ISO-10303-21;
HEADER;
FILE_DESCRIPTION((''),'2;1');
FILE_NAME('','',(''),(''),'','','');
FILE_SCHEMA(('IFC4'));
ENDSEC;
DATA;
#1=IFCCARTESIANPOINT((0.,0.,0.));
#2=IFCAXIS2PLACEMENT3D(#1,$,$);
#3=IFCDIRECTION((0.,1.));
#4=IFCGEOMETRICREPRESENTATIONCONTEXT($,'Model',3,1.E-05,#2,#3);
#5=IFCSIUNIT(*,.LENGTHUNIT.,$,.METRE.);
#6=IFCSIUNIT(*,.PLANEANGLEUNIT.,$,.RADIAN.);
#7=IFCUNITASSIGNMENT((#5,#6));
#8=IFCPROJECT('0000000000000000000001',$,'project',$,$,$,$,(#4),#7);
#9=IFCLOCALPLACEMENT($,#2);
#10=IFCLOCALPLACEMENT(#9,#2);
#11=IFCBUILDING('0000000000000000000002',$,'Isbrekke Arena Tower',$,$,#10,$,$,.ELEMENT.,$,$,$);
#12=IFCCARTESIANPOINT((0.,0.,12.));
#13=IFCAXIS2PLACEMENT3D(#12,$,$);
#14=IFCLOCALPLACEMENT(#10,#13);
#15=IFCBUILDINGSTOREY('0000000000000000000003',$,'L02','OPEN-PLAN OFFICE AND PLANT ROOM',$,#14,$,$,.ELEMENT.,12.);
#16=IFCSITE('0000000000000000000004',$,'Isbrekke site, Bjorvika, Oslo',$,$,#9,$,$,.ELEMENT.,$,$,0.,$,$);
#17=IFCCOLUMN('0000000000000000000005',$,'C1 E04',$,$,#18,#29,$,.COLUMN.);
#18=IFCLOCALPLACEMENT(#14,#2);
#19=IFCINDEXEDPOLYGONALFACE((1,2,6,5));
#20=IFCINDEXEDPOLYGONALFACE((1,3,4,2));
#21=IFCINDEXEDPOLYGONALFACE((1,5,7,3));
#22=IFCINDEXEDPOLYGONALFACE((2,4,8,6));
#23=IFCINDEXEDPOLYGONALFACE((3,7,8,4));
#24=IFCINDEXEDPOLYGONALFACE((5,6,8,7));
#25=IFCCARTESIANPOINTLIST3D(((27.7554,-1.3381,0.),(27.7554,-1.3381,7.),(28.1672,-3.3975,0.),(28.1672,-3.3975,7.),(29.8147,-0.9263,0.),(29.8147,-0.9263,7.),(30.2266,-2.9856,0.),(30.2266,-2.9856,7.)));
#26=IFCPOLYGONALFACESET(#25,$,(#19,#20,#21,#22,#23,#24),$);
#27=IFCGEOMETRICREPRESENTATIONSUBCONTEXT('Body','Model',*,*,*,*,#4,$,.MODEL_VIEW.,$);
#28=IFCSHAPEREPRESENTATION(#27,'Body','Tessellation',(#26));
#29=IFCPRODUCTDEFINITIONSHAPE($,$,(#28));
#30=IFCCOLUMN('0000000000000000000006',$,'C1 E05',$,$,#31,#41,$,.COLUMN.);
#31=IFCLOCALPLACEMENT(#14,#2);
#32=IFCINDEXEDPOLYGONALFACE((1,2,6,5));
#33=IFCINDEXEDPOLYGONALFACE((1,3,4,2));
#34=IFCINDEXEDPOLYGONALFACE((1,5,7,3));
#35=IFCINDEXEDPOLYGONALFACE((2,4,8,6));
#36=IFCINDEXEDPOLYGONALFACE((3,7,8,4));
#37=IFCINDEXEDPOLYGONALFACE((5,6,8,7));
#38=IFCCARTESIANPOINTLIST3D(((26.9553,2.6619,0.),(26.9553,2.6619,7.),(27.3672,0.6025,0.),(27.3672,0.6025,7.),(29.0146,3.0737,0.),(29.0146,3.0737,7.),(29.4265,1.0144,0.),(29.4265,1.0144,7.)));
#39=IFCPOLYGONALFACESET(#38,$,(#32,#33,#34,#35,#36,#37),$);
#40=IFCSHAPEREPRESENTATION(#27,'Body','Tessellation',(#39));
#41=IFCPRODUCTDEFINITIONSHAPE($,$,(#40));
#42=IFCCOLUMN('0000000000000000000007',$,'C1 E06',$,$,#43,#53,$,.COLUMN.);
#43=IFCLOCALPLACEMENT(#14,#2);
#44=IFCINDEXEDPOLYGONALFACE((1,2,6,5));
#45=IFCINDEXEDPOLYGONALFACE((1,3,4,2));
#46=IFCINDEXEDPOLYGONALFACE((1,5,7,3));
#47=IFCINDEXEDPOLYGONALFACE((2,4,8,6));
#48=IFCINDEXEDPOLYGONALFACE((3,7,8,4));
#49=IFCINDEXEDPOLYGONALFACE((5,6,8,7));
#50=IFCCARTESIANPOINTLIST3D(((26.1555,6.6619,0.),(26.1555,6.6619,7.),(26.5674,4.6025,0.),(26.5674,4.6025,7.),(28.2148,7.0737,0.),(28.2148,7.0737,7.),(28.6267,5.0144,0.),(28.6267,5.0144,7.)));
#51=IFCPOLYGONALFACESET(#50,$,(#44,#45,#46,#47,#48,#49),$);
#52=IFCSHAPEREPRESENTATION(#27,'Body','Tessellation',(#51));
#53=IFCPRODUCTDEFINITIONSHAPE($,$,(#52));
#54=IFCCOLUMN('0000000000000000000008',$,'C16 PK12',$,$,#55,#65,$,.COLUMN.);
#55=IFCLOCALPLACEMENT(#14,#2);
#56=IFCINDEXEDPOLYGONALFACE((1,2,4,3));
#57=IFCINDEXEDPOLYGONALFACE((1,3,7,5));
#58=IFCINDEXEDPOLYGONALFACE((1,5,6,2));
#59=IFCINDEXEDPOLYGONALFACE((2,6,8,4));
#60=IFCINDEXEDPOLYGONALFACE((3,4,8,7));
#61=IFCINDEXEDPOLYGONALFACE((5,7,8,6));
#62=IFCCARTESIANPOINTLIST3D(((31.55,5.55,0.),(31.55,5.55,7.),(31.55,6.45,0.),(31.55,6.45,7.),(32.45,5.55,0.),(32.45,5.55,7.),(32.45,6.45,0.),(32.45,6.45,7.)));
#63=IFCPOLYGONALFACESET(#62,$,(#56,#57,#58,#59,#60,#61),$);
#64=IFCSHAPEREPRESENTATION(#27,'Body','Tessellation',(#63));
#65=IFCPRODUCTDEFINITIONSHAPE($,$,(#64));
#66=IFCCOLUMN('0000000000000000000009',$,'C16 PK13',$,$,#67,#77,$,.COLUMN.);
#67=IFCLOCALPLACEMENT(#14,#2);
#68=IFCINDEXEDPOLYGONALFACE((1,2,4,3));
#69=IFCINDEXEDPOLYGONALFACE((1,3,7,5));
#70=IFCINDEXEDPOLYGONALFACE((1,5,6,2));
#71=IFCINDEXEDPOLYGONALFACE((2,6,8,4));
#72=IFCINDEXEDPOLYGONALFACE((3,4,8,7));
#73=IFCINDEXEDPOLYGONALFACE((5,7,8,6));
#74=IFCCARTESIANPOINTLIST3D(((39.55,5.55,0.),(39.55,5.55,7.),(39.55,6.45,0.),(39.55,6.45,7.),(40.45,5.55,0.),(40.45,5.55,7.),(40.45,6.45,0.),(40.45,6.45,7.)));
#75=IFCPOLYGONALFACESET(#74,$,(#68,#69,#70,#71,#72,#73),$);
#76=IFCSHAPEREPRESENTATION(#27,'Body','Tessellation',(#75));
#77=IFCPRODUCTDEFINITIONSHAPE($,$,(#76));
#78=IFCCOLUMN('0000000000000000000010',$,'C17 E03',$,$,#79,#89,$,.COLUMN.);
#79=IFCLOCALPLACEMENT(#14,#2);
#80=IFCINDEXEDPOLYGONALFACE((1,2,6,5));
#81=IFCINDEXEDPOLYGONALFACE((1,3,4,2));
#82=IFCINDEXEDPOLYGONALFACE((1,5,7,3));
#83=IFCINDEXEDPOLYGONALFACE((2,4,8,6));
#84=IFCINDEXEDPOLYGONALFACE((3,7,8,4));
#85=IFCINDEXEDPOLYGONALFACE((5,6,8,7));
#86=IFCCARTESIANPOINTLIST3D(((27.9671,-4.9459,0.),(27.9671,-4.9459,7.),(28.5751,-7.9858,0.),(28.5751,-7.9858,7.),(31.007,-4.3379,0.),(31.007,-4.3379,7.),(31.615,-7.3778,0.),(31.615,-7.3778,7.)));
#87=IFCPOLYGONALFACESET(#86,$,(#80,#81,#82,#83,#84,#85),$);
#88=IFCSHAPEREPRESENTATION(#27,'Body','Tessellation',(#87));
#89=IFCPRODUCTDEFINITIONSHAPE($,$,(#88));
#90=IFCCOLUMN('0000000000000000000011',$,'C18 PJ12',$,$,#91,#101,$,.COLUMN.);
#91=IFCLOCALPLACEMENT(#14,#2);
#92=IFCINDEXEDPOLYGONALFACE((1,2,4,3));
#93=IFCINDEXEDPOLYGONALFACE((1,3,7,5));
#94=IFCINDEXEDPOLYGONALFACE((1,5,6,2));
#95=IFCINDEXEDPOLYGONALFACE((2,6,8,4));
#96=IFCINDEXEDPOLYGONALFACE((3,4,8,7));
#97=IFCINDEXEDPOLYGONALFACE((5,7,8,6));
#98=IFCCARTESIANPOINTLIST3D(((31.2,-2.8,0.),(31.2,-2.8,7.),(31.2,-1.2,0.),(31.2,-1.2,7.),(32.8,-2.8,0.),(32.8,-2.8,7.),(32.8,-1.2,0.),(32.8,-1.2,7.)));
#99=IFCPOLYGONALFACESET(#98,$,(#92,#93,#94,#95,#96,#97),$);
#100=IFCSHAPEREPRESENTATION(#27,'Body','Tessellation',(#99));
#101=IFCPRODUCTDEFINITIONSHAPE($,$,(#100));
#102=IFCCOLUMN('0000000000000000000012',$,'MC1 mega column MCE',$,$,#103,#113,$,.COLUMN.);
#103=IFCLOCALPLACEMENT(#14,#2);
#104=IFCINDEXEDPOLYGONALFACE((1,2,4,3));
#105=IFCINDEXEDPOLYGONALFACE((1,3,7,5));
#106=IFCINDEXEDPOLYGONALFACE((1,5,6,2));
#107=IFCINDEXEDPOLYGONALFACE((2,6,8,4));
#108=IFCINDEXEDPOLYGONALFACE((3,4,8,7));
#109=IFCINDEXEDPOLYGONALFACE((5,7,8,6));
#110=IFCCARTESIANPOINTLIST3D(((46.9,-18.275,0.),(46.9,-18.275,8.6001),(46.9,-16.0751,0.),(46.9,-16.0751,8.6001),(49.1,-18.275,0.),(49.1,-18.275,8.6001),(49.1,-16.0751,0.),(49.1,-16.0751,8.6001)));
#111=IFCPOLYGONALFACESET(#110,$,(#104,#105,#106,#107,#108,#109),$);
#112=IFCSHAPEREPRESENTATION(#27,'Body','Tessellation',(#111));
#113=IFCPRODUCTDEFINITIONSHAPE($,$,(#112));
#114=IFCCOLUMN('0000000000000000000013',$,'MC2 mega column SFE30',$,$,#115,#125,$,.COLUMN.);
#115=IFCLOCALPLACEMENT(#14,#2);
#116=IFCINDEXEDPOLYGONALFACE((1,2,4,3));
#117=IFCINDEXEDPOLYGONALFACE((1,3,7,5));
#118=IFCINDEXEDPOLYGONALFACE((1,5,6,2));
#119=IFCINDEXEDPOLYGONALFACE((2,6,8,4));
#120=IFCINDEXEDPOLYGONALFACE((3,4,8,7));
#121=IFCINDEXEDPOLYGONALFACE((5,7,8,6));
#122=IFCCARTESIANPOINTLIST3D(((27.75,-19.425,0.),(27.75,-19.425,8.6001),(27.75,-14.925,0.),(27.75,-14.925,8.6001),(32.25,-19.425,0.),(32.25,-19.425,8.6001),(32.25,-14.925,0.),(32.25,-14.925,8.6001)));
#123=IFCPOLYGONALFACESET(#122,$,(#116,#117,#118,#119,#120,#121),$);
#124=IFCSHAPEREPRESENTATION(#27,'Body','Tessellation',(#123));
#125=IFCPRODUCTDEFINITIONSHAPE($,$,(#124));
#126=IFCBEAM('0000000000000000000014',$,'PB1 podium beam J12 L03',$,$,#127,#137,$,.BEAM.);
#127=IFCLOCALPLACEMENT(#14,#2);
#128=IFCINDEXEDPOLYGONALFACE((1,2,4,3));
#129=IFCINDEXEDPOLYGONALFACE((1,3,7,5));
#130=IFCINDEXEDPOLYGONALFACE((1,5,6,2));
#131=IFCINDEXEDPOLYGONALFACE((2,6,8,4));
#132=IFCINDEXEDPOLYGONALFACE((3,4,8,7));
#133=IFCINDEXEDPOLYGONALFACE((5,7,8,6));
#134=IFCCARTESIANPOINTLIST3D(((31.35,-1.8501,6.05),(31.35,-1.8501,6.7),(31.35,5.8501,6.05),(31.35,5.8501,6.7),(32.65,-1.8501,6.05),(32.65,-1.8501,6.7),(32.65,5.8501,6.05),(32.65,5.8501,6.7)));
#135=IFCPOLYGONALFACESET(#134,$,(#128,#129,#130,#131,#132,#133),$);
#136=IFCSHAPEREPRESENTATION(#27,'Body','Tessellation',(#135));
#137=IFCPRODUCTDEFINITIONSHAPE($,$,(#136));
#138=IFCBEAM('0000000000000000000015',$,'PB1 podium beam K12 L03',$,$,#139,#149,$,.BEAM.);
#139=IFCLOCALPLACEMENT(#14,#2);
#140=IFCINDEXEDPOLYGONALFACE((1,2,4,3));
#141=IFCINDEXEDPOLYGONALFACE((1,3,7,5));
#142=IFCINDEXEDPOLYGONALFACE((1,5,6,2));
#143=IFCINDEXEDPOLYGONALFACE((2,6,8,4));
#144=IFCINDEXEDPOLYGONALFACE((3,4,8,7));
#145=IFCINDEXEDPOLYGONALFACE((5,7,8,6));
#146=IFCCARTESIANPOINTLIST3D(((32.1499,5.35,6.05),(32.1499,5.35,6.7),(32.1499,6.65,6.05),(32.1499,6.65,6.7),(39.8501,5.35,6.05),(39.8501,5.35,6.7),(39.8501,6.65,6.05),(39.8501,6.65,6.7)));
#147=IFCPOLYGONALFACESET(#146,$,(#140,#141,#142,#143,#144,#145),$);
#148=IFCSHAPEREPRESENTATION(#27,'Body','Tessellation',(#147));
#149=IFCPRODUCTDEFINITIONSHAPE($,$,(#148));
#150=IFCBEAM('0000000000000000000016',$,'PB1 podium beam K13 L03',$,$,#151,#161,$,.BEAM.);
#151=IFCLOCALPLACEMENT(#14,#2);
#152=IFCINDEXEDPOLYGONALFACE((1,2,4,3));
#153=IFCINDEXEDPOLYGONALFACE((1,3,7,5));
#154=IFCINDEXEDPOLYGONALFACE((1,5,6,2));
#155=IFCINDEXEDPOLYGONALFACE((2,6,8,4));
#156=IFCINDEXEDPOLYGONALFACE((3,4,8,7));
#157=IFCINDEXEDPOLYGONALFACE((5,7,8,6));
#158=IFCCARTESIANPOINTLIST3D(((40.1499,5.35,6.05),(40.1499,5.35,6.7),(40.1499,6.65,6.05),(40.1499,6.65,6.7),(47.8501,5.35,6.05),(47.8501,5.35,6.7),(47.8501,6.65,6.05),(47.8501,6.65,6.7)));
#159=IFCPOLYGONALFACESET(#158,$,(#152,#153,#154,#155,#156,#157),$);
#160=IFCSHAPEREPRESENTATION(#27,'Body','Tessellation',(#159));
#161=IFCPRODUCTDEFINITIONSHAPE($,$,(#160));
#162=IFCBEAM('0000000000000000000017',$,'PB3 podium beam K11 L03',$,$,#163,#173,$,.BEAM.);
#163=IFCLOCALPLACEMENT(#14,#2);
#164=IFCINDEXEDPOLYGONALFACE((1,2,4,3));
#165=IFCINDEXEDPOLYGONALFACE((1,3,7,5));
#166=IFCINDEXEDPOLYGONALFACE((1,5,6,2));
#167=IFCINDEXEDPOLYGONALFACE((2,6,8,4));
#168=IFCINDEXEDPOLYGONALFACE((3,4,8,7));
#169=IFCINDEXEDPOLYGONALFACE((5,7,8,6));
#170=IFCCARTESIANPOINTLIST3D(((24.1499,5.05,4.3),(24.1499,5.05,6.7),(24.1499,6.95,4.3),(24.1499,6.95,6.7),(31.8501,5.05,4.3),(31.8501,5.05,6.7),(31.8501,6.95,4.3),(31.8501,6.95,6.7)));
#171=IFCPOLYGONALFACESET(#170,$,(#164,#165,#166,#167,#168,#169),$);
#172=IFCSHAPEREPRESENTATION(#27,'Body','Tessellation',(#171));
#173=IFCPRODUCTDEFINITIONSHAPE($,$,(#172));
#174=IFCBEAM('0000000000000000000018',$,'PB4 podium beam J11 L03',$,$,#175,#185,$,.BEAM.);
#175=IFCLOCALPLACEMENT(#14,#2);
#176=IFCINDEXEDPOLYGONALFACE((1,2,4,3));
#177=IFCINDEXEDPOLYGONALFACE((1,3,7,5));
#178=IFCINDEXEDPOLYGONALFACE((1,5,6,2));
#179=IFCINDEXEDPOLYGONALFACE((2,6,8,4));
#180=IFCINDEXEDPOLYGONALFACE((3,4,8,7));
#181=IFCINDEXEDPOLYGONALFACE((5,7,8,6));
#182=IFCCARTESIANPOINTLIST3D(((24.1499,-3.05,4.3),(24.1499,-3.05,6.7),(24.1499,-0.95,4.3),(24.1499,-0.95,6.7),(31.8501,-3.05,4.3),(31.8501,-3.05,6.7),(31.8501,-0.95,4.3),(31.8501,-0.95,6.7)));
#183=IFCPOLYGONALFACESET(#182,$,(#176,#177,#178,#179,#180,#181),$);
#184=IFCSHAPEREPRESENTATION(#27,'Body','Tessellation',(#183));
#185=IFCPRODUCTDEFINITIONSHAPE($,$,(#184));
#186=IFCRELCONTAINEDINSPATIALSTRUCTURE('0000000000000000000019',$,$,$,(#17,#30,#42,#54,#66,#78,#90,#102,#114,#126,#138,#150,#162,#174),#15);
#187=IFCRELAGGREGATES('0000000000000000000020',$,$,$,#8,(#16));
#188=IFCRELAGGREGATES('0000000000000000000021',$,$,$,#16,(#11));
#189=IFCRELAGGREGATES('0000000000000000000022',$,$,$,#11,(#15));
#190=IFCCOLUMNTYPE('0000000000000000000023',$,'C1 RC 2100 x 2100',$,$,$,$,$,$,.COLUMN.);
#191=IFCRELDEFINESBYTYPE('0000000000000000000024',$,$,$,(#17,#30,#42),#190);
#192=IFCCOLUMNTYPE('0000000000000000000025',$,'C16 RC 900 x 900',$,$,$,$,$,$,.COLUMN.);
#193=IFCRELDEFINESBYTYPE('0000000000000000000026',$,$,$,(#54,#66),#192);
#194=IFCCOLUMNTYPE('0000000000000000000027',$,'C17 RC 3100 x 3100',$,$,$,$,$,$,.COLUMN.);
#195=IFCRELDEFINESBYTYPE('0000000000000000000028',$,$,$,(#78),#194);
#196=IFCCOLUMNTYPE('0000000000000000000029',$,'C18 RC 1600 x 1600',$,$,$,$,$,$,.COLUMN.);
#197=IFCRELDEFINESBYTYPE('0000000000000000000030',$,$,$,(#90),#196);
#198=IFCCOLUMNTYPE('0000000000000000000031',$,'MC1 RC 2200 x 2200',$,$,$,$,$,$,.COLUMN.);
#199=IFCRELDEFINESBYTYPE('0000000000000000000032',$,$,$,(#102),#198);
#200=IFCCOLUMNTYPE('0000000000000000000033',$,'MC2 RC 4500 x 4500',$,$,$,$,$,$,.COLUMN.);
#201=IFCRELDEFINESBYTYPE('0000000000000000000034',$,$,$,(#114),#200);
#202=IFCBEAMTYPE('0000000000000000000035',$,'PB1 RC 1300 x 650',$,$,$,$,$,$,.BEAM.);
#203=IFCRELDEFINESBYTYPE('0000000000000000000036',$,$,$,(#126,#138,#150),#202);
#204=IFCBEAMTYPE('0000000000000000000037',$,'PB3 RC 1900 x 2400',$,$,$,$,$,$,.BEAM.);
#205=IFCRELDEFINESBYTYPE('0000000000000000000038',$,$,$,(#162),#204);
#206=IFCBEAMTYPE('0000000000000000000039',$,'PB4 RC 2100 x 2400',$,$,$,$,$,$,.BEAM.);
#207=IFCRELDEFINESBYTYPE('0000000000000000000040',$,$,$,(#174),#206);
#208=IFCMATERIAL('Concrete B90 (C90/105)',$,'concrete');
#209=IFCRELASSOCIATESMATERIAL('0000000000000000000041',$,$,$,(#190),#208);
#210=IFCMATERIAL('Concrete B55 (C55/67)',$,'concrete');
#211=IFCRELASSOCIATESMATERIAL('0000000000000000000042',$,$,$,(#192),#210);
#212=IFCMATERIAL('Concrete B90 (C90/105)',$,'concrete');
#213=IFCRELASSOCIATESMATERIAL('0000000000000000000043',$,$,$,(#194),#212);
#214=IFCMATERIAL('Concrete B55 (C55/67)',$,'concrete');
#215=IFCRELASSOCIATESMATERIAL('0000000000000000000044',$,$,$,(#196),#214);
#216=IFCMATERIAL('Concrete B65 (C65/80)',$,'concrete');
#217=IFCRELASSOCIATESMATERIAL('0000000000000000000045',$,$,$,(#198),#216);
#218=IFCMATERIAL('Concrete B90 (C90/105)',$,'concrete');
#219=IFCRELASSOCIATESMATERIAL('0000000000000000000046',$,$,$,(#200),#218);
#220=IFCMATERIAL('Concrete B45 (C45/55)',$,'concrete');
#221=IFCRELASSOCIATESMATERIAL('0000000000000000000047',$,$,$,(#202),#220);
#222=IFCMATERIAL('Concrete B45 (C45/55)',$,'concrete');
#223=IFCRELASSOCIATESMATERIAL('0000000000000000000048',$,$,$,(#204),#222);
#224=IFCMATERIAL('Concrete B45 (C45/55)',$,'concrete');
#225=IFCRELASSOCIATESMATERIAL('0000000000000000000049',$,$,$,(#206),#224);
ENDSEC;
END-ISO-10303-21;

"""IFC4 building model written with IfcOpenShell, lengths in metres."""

from ifc_helpers import new_model, si_unit, direction, frame, origin, origin_2d, place, context, subcontext, project, spatial, rectangle, extrude, material, material_profile, profile_set, type_object, element, save


model = new_model("IFC4")

# Units and contexts
model_context = context("Model", 3, precision=1e-05, world=origin(), true_north=direction((0.0, 1.0)))
body_context = subcontext(model_context, "Body", "Model", "MODEL_VIEW")
ifc_project = project(units=[si_unit("LENGTHUNIT", "METRE"), si_unit("PLANEANGLEUNIT", "RADIAN")], contexts=[model_context])

# Site, building, storey
site_placement = place(None, origin())
site = spatial("IfcSite", under=ifc_project, at=site_placement, Name="Isbrekke site, Bjorvika, Oslo", CompositionType="ELEMENT", RefElevation=0.0)
building_placement = place(site_placement, origin())
building = spatial("IfcBuilding", under=site, at=building_placement, Name="Isbrekke Arena Tower", CompositionType="ELEMENT")
storey_placement = place(building_placement, frame((0.0, 0.0, 12.0)))
storey = spatial("IfcBuildingStorey", under=building, at=storey_placement, Name="L02", Description="OPEN-PLAN OFFICE AND PLANT ROOM", CompositionType="ELEMENT", Elevation=12.0)

# Columns
ifc_material_1 = material(Name="Concrete B90 (C90/105)", Category="concrete")
ifc_material_profile_1 = material_profile(ifc_material_1, rectangle(XDim=2.1001, YDim=2.1001, at=origin_2d()), Name="RC 2100x2100")
ifc_profile_set_1 = profile_set([ifc_material_profile_1], Name="Concrete B90 (C90/105)")
column_type_1 = type_object("IfcColumnType", Name="C1 RC 2100 x 2100", PredefinedType="COLUMN", material=ifc_profile_set_1)
for number, where, z_axis, x_axis, name in (
    (1, (28.991, -2.1619, 0.0), (0.0, 0.0, 1.0), (-0.196116, 0.980581, 0.0), "C1 E04"),
    (2, (28.1909, 1.8381, 0.0), (0.0, 0.0, 1.0), (-0.196116, 0.980581, 0.0), "C1 E05"),
    (3, (27.3911, 5.8381, 0.0), (0.0, 0.0, 1.0), (-0.196116, 0.980581, 0.0), "C1 E06"),
):
    element("IfcColumn", number, at=place(storey_placement, frame(where, z_axis=z_axis, x_axis=x_axis)), inside=storey, type_object=column_type_1, Name=name, PredefinedType="COLUMN", context=body_context, shape_type="SweptSolid", body=[
        extrude(rectangle(XDim=2.1001, YDim=2.1001, at=origin_2d()), origin(), (0.0, 0.0, 1.0), 7.0),
    ])
ifc_material_2 = material(Name="Concrete B55 (C55/67)", Category="concrete")
ifc_material_profile_2 = material_profile(ifc_material_2, rectangle(XDim=0.8999, YDim=0.8999, at=origin_2d()), Name="RC 900x900")
ifc_profile_set_2 = profile_set([ifc_material_profile_2], Name="Concrete B55 (C55/67)")
column_type_2 = type_object("IfcColumnType", Name="C16 RC 900 x 900", PredefinedType="COLUMN", material=ifc_profile_set_2)
for number, where, z_axis, x_axis, name in (
    (4, (32.0, 6.0, 0.0), (0.0, 0.0, 1.0), (1.0, 0.0, 0.0), "C16 PK12"),
    (5, (40.0, 6.0, 0.0), (0.0, 0.0, 1.0), (1.0, 0.0, 0.0), "C16 PK13"),
):
    element("IfcColumn", number, at=place(storey_placement, frame(where, z_axis=z_axis, x_axis=x_axis)), inside=storey, type_object=column_type_2, Name=name, PredefinedType="COLUMN", context=body_context, shape_type="SweptSolid", body=[
        extrude(rectangle(XDim=0.8999, YDim=0.8999, at=origin_2d()), origin(), (0.0, 0.0, 1.0), 7.0),
    ])
ifc_material_3 = material(Name="Concrete B90 (C90/105)", Category="concrete")
ifc_material_profile_3 = material_profile(ifc_material_3, rectangle(XDim=3.1001, YDim=3.1001, at=origin_2d()), Name="RC 3100x3100")
ifc_profile_set_3 = profile_set([ifc_material_profile_3], Name="Concrete B90 (C90/105)")
column_type_3 = type_object("IfcColumnType", Name="C17 RC 3100 x 3100", PredefinedType="COLUMN", material=ifc_profile_set_3)
column_1_placement = place(storey_placement, frame((29.791, -6.1619, 0.0), z_axis=(0.0, 0.0, 1.0), x_axis=(-0.196116, 0.980581, 0.0)))
element("IfcColumn", 6, at=column_1_placement, inside=storey, type_object=column_type_3, Name="C17 E03", PredefinedType="COLUMN", context=body_context, shape_type="SweptSolid", body=[
    extrude(rectangle(XDim=3.1001, YDim=3.1001, at=origin_2d()), origin(), (0.0, 0.0, 1.0), 7.0),
])
ifc_material_4 = material(Name="Concrete B55 (C55/67)", Category="concrete")
ifc_material_profile_4 = material_profile(ifc_material_4, rectangle(XDim=1.6001, YDim=1.6001, at=origin_2d()), Name="RC 1600x1600")
ifc_profile_set_4 = profile_set([ifc_material_profile_4], Name="Concrete B55 (C55/67)")
column_type_4 = type_object("IfcColumnType", Name="C18 RC 1600 x 1600", PredefinedType="COLUMN", material=ifc_profile_set_4)
column_2_placement = place(storey_placement, frame((32.0, -2.0, 0.0), z_axis=(0.0, 0.0, 1.0), x_axis=(1.0, 0.0, 0.0)))
element("IfcColumn", 7, at=column_2_placement, inside=storey, type_object=column_type_4, Name="C18 PJ12", PredefinedType="COLUMN", context=body_context, shape_type="SweptSolid", body=[
    extrude(rectangle(XDim=1.6001, YDim=1.6001, at=origin_2d()), origin(), (0.0, 0.0, 1.0), 7.0),
])
ifc_material_5 = material(Name="Concrete B65 (C65/80)", Category="concrete")
ifc_material_profile_5 = material_profile(ifc_material_5, rectangle(XDim=2.2, YDim=2.2, at=origin_2d()), Name="RC 2200x2200")
ifc_profile_set_5 = profile_set([ifc_material_profile_5], Name="Concrete B65 (C65/80)")
column_type_5 = type_object("IfcColumnType", Name="MC1 RC 2200 x 2200", PredefinedType="COLUMN", material=ifc_profile_set_5)
column_3_placement = place(storey_placement, frame((48.0, -17.175, 0.0), z_axis=(0.0, 0.0, 1.0), x_axis=(1.0, 0.0, 0.0)))
element("IfcColumn", 8, at=column_3_placement, inside=storey, type_object=column_type_5, Name="MC1 mega column MCE", PredefinedType="COLUMN", context=body_context, shape_type="SweptSolid", body=[
    extrude(rectangle(XDim=2.2, YDim=2.2, at=origin_2d()), origin(), (0.0, 0.0, 1.0), 8.6001),
])
ifc_material_6 = material(Name="Concrete B90 (C90/105)", Category="concrete")
ifc_material_profile_6 = material_profile(ifc_material_6, rectangle(XDim=4.5, YDim=4.5, at=origin_2d()), Name="RC 4500x4500")
ifc_profile_set_6 = profile_set([ifc_material_profile_6], Name="Concrete B90 (C90/105)")
column_type_6 = type_object("IfcColumnType", Name="MC2 RC 4500 x 4500", PredefinedType="COLUMN", material=ifc_profile_set_6)
column_4_placement = place(storey_placement, frame((30.0, -17.175, 0.0), z_axis=(0.0, 0.0, 1.0), x_axis=(1.0, 0.0, 0.0)))
element("IfcColumn", 9, at=column_4_placement, inside=storey, type_object=column_type_6, Name="MC2 mega column SFE30", PredefinedType="COLUMN", context=body_context, shape_type="SweptSolid", body=[
    extrude(rectangle(XDim=4.5, YDim=4.5, at=origin_2d()), origin(), (0.0, 0.0, 1.0), 8.6001),
])

# Beams
ifc_material_7 = material(Name="Concrete B45 (C45/55)", Category="concrete")
ifc_material_profile_7 = material_profile(ifc_material_7, rectangle(XDim=1.3, YDim=0.6499, at=origin_2d()), Name="RC 1300x650")
ifc_profile_set_7 = profile_set([ifc_material_profile_7], Name="Concrete B45 (C45/55)")
beam_type_1 = type_object("IfcBeamType", Name="PB1 RC 1300 x 650", PredefinedType="BEAM", material=ifc_profile_set_7)
for number, where, z_axis, x_axis, name in (
    (10, (32.0, -1.8501, 6.375), (0.0, 1.0, 0.0), (-1.0, 0.0, 0.0), "PB1 podium beam J12 L03"),
    (11, (32.1499, 6.0, 6.375), (1.0, 0.0, 0.0), (0.0, 1.0, 0.0), "PB1 podium beam K12 L03"),
    (12, (40.1499, 6.0, 6.375), (1.0, 0.0, 0.0), (0.0, 1.0, 0.0), "PB1 podium beam K13 L03"),
):
    element("IfcBeam", number, at=place(storey_placement, frame(where, z_axis=z_axis, x_axis=x_axis)), inside=storey, type_object=beam_type_1, Name=name, PredefinedType="BEAM", context=body_context, shape_type="SweptSolid", body=[
        extrude(rectangle(XDim=1.3, YDim=0.6499, at=origin_2d()), origin(), (0.0, 0.0, 1.0), 7.7002),
    ])
ifc_material_8 = material(Name="Concrete B45 (C45/55)", Category="concrete")
ifc_material_profile_8 = material_profile(ifc_material_8, rectangle(XDim=1.8999, YDim=2.3999, at=origin_2d()), Name="RC 1900x2400")
ifc_profile_set_8 = profile_set([ifc_material_profile_8], Name="Concrete B45 (C45/55)")
beam_type_2 = type_object("IfcBeamType", Name="PB3 RC 1900 x 2400", PredefinedType="BEAM", material=ifc_profile_set_8)
beam_1_placement = place(storey_placement, frame((24.1499, 6.0, 5.5), z_axis=(1.0, 0.0, 0.0), x_axis=(0.0, 1.0, 0.0)))
element("IfcBeam", 13, at=beam_1_placement, inside=storey, type_object=beam_type_2, Name="PB3 podium beam K11 L03", PredefinedType="BEAM", context=body_context, shape_type="SweptSolid", body=[
    extrude(rectangle(XDim=1.8999, YDim=2.3999, at=origin_2d()), origin(), (0.0, 0.0, 1.0), 7.7002),
])
ifc_material_9 = material(Name="Concrete B45 (C45/55)", Category="concrete")
ifc_material_profile_9 = material_profile(ifc_material_9, rectangle(XDim=2.1001, YDim=2.3999, at=origin_2d()), Name="RC 2100x2400")
ifc_profile_set_9 = profile_set([ifc_material_profile_9], Name="Concrete B45 (C45/55)")
beam_type_3 = type_object("IfcBeamType", Name="PB4 RC 2100 x 2400", PredefinedType="BEAM", material=ifc_profile_set_9)
beam_2_placement = place(storey_placement, frame((24.1499, -2.0, 5.5), z_axis=(1.0, 0.0, 0.0), x_axis=(0.0, 1.0, 0.0)))
element("IfcBeam", 14, at=beam_2_placement, inside=storey, type_object=beam_type_3, Name="PB4 podium beam J11 L03", PredefinedType="BEAM", context=body_context, shape_type="SweptSolid", body=[
    extrude(rectangle(XDim=2.1001, YDim=2.3999, at=origin_2d()), origin(), (0.0, 0.0, 1.0), 7.7002),
])

save(model, "model.ifc")
